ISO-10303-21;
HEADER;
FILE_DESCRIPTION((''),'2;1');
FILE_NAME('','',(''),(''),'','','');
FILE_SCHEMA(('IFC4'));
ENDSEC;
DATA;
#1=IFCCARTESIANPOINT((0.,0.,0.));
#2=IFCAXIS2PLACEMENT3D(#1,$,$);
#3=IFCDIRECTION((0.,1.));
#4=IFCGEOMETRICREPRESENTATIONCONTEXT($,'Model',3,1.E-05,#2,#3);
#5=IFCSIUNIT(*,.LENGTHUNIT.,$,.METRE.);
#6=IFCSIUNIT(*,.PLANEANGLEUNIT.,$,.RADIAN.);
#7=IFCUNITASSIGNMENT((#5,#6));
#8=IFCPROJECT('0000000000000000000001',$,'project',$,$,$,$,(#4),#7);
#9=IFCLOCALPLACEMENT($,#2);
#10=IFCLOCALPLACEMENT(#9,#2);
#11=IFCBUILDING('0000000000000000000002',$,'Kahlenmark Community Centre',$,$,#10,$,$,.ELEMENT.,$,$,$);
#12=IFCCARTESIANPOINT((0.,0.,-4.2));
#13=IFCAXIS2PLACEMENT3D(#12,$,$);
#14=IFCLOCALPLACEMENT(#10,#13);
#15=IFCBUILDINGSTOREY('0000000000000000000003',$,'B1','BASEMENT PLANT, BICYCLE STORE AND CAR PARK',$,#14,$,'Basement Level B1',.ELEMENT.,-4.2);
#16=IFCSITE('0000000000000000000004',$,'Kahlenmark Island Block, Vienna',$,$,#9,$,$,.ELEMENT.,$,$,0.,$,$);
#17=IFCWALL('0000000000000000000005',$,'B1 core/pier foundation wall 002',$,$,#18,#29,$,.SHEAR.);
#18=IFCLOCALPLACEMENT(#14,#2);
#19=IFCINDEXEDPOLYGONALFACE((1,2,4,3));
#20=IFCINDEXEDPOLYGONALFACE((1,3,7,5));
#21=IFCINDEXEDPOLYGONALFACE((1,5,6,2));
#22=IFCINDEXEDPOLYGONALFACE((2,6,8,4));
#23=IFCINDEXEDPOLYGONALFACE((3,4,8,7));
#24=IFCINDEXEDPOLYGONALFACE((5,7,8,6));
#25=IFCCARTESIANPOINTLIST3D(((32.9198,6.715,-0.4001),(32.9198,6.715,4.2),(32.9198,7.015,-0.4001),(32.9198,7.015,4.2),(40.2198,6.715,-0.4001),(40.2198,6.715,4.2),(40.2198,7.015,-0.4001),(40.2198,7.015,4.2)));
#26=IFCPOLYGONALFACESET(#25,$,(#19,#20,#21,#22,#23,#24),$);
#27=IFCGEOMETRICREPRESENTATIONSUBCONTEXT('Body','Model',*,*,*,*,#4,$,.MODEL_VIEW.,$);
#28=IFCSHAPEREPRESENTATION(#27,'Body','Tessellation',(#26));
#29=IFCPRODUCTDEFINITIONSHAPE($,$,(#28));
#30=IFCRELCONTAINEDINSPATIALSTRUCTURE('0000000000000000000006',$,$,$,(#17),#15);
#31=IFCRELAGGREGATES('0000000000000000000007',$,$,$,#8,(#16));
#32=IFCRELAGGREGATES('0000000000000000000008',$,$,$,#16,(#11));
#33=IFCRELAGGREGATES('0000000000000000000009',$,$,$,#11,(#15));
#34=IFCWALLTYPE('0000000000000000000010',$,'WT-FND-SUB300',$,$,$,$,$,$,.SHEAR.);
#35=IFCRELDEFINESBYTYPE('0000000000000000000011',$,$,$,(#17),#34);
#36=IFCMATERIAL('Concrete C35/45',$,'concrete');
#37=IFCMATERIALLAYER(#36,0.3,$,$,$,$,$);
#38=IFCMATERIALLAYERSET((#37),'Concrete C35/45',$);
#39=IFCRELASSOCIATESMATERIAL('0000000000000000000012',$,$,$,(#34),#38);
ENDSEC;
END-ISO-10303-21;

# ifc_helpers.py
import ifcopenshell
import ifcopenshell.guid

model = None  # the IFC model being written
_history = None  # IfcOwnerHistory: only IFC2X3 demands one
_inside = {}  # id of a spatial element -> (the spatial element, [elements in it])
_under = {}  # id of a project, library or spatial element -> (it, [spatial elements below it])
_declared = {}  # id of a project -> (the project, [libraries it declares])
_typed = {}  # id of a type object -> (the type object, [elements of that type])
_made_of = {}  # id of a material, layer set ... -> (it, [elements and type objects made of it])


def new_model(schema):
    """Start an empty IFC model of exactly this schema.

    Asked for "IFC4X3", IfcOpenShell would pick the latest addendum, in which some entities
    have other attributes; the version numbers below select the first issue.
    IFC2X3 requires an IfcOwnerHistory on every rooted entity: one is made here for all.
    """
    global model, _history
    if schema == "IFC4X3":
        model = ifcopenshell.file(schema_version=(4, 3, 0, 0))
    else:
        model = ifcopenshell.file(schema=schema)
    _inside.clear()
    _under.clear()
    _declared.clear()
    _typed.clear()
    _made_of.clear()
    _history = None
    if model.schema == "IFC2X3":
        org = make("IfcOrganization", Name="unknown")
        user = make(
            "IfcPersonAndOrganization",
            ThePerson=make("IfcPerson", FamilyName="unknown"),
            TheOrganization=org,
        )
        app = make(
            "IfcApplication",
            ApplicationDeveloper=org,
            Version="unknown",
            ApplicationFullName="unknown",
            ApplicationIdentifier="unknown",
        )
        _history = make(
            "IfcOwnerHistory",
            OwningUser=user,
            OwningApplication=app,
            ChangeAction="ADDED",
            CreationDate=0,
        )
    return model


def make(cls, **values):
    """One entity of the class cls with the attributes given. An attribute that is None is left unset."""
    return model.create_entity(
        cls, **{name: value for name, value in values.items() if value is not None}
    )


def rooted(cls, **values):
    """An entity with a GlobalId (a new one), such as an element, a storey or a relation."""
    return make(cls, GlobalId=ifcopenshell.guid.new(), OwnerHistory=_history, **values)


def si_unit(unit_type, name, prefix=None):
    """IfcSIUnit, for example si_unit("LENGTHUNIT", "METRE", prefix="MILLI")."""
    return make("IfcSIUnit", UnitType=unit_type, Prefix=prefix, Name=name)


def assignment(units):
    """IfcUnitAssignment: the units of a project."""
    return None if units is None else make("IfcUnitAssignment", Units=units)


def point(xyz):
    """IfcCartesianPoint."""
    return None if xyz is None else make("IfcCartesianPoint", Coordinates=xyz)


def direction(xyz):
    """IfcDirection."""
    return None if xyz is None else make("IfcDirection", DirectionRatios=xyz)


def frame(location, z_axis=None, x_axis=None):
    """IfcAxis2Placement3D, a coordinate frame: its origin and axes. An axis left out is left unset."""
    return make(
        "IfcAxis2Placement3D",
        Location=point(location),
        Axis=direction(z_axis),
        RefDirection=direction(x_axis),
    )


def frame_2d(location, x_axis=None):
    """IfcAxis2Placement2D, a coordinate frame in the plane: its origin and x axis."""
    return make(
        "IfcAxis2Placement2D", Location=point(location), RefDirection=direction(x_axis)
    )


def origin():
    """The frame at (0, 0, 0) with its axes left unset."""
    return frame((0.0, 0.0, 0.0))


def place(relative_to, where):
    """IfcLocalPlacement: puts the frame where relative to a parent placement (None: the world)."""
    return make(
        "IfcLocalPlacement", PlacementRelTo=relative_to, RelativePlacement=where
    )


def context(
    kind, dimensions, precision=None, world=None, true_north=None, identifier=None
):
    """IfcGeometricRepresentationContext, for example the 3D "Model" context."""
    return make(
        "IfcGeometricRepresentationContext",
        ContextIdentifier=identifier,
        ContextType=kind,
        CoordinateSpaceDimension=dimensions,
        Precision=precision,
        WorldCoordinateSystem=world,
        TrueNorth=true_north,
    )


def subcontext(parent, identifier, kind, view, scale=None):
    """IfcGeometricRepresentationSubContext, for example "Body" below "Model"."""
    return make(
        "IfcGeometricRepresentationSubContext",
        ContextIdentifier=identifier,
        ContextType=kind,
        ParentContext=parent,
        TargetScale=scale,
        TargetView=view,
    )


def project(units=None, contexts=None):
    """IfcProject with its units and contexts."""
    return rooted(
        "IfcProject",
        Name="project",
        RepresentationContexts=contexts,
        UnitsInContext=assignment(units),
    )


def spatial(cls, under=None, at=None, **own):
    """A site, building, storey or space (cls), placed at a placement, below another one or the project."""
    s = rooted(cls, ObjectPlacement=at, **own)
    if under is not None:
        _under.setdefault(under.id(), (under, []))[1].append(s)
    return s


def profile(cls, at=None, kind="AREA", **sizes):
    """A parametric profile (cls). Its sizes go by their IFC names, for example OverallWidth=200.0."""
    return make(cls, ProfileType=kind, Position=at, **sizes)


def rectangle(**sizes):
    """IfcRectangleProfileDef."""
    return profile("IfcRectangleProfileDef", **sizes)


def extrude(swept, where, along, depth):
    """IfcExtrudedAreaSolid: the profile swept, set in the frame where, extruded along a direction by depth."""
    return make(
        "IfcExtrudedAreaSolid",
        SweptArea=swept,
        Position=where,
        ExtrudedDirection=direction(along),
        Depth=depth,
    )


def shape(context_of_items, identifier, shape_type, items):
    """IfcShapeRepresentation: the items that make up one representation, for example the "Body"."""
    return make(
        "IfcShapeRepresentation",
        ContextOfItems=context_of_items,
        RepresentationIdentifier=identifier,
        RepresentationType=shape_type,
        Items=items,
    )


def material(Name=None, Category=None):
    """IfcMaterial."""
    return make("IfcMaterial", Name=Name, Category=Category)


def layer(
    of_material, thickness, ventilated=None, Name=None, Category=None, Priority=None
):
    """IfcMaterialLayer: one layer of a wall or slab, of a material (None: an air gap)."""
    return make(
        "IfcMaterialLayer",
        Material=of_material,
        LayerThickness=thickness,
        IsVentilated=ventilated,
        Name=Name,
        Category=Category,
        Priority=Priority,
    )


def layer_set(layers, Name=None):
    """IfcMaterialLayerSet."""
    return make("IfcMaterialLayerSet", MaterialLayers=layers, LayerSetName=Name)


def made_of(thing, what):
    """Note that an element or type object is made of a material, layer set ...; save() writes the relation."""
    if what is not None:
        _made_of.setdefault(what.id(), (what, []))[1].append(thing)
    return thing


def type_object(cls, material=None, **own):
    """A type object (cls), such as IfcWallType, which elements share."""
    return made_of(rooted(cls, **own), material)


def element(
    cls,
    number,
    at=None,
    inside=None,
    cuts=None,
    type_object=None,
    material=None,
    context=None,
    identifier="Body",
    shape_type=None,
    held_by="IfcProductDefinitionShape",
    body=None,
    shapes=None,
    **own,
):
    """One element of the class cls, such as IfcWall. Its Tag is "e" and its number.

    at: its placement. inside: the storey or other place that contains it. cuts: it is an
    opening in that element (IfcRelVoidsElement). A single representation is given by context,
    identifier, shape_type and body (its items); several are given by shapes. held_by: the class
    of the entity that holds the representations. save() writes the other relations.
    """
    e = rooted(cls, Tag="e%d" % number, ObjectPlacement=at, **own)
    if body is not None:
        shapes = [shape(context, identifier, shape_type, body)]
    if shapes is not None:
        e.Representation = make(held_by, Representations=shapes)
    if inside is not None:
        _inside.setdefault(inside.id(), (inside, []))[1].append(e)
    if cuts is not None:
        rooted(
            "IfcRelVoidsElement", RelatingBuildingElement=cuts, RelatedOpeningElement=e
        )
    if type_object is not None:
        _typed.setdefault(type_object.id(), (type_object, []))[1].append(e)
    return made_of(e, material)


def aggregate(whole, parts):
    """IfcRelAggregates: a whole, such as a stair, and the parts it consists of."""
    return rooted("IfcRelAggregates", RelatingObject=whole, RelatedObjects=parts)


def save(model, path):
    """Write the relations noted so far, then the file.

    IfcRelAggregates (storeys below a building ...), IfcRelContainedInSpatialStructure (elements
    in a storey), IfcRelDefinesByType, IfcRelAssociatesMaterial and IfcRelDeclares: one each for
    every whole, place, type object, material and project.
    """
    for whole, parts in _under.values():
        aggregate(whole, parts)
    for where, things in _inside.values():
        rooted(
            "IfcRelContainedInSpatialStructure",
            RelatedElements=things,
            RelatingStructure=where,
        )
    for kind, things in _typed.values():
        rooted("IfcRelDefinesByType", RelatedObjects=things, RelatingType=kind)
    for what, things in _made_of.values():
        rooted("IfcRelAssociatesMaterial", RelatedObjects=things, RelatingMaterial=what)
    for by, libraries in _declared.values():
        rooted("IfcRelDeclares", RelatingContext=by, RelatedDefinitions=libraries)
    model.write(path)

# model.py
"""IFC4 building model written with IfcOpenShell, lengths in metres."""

from ifc_helpers import new_model, si_unit, direction, frame, frame_2d, origin, place, context, subcontext, project, spatial, rectangle, extrude, material, layer, layer_set, type_object, element, save


model = new_model("IFC4")

# Units and contexts
model_context = context("Model", 3, precision=1e-05, world=origin(), true_north=direction((0.0, 1.0)))
body_context = subcontext(model_context, "Body", "Model", "MODEL_VIEW")
ifc_project = project(units=[si_unit("LENGTHUNIT", "METRE"), si_unit("PLANEANGLEUNIT", "RADIAN")], contexts=[model_context])

# Site, building, storey
site_placement = place(None, origin())
site = spatial("IfcSite", under=ifc_project, at=site_placement, Name="Kahlenmark Island Block, Vienna", CompositionType="ELEMENT", RefElevation=0.0)
building_placement = place(site_placement, origin())
building = spatial("IfcBuilding", under=site, at=building_placement, Name="Kahlenmark Community Centre", CompositionType="ELEMENT")
storey_placement = place(building_placement, frame((0.0, 0.0, -4.2)))
storey = spatial("IfcBuildingStorey", under=building, at=storey_placement, Name="B1", Description="BASEMENT PLANT, BICYCLE STORE AND CAR PARK", LongName="Basement Level B1", CompositionType="ELEMENT", Elevation=-4.2)

# Shared definitions
ifc_material_1 = material(Name="Concrete C35/45", Category="concrete")

# Wall
ifc_layer_1 = layer(ifc_material_1, 0.3)
ifc_layer_set_1 = layer_set([ifc_layer_1], Name="Concrete C35/45")
wall_type_1 = type_object("IfcWallType", Name="WT-FND-SUB300", PredefinedType="SHEAR", material=ifc_layer_set_1)
for number, where, z_axis, x_axis, name in (
    (1, (32.9199, 6.865, -0.4001), (0.0, 0.0, 1.0), (1.0, 0.0, 0.0), "B1 core/pier foundation wall 002"),
):
    element("IfcWall", number, at=place(storey_placement, frame(where, z_axis=z_axis, x_axis=x_axis)), inside=storey, type_object=wall_type_1, Name=name, PredefinedType="SHEAR", context=body_context, shape_type="SweptSolid", body=[
        extrude(rectangle(XDim=7.3, YDim=0.3, at=frame_2d((3.6499, 0.0))), origin(), (0.0, 0.0, 1.0), 4.6001),
    ])

save(model, "model.ifc")
